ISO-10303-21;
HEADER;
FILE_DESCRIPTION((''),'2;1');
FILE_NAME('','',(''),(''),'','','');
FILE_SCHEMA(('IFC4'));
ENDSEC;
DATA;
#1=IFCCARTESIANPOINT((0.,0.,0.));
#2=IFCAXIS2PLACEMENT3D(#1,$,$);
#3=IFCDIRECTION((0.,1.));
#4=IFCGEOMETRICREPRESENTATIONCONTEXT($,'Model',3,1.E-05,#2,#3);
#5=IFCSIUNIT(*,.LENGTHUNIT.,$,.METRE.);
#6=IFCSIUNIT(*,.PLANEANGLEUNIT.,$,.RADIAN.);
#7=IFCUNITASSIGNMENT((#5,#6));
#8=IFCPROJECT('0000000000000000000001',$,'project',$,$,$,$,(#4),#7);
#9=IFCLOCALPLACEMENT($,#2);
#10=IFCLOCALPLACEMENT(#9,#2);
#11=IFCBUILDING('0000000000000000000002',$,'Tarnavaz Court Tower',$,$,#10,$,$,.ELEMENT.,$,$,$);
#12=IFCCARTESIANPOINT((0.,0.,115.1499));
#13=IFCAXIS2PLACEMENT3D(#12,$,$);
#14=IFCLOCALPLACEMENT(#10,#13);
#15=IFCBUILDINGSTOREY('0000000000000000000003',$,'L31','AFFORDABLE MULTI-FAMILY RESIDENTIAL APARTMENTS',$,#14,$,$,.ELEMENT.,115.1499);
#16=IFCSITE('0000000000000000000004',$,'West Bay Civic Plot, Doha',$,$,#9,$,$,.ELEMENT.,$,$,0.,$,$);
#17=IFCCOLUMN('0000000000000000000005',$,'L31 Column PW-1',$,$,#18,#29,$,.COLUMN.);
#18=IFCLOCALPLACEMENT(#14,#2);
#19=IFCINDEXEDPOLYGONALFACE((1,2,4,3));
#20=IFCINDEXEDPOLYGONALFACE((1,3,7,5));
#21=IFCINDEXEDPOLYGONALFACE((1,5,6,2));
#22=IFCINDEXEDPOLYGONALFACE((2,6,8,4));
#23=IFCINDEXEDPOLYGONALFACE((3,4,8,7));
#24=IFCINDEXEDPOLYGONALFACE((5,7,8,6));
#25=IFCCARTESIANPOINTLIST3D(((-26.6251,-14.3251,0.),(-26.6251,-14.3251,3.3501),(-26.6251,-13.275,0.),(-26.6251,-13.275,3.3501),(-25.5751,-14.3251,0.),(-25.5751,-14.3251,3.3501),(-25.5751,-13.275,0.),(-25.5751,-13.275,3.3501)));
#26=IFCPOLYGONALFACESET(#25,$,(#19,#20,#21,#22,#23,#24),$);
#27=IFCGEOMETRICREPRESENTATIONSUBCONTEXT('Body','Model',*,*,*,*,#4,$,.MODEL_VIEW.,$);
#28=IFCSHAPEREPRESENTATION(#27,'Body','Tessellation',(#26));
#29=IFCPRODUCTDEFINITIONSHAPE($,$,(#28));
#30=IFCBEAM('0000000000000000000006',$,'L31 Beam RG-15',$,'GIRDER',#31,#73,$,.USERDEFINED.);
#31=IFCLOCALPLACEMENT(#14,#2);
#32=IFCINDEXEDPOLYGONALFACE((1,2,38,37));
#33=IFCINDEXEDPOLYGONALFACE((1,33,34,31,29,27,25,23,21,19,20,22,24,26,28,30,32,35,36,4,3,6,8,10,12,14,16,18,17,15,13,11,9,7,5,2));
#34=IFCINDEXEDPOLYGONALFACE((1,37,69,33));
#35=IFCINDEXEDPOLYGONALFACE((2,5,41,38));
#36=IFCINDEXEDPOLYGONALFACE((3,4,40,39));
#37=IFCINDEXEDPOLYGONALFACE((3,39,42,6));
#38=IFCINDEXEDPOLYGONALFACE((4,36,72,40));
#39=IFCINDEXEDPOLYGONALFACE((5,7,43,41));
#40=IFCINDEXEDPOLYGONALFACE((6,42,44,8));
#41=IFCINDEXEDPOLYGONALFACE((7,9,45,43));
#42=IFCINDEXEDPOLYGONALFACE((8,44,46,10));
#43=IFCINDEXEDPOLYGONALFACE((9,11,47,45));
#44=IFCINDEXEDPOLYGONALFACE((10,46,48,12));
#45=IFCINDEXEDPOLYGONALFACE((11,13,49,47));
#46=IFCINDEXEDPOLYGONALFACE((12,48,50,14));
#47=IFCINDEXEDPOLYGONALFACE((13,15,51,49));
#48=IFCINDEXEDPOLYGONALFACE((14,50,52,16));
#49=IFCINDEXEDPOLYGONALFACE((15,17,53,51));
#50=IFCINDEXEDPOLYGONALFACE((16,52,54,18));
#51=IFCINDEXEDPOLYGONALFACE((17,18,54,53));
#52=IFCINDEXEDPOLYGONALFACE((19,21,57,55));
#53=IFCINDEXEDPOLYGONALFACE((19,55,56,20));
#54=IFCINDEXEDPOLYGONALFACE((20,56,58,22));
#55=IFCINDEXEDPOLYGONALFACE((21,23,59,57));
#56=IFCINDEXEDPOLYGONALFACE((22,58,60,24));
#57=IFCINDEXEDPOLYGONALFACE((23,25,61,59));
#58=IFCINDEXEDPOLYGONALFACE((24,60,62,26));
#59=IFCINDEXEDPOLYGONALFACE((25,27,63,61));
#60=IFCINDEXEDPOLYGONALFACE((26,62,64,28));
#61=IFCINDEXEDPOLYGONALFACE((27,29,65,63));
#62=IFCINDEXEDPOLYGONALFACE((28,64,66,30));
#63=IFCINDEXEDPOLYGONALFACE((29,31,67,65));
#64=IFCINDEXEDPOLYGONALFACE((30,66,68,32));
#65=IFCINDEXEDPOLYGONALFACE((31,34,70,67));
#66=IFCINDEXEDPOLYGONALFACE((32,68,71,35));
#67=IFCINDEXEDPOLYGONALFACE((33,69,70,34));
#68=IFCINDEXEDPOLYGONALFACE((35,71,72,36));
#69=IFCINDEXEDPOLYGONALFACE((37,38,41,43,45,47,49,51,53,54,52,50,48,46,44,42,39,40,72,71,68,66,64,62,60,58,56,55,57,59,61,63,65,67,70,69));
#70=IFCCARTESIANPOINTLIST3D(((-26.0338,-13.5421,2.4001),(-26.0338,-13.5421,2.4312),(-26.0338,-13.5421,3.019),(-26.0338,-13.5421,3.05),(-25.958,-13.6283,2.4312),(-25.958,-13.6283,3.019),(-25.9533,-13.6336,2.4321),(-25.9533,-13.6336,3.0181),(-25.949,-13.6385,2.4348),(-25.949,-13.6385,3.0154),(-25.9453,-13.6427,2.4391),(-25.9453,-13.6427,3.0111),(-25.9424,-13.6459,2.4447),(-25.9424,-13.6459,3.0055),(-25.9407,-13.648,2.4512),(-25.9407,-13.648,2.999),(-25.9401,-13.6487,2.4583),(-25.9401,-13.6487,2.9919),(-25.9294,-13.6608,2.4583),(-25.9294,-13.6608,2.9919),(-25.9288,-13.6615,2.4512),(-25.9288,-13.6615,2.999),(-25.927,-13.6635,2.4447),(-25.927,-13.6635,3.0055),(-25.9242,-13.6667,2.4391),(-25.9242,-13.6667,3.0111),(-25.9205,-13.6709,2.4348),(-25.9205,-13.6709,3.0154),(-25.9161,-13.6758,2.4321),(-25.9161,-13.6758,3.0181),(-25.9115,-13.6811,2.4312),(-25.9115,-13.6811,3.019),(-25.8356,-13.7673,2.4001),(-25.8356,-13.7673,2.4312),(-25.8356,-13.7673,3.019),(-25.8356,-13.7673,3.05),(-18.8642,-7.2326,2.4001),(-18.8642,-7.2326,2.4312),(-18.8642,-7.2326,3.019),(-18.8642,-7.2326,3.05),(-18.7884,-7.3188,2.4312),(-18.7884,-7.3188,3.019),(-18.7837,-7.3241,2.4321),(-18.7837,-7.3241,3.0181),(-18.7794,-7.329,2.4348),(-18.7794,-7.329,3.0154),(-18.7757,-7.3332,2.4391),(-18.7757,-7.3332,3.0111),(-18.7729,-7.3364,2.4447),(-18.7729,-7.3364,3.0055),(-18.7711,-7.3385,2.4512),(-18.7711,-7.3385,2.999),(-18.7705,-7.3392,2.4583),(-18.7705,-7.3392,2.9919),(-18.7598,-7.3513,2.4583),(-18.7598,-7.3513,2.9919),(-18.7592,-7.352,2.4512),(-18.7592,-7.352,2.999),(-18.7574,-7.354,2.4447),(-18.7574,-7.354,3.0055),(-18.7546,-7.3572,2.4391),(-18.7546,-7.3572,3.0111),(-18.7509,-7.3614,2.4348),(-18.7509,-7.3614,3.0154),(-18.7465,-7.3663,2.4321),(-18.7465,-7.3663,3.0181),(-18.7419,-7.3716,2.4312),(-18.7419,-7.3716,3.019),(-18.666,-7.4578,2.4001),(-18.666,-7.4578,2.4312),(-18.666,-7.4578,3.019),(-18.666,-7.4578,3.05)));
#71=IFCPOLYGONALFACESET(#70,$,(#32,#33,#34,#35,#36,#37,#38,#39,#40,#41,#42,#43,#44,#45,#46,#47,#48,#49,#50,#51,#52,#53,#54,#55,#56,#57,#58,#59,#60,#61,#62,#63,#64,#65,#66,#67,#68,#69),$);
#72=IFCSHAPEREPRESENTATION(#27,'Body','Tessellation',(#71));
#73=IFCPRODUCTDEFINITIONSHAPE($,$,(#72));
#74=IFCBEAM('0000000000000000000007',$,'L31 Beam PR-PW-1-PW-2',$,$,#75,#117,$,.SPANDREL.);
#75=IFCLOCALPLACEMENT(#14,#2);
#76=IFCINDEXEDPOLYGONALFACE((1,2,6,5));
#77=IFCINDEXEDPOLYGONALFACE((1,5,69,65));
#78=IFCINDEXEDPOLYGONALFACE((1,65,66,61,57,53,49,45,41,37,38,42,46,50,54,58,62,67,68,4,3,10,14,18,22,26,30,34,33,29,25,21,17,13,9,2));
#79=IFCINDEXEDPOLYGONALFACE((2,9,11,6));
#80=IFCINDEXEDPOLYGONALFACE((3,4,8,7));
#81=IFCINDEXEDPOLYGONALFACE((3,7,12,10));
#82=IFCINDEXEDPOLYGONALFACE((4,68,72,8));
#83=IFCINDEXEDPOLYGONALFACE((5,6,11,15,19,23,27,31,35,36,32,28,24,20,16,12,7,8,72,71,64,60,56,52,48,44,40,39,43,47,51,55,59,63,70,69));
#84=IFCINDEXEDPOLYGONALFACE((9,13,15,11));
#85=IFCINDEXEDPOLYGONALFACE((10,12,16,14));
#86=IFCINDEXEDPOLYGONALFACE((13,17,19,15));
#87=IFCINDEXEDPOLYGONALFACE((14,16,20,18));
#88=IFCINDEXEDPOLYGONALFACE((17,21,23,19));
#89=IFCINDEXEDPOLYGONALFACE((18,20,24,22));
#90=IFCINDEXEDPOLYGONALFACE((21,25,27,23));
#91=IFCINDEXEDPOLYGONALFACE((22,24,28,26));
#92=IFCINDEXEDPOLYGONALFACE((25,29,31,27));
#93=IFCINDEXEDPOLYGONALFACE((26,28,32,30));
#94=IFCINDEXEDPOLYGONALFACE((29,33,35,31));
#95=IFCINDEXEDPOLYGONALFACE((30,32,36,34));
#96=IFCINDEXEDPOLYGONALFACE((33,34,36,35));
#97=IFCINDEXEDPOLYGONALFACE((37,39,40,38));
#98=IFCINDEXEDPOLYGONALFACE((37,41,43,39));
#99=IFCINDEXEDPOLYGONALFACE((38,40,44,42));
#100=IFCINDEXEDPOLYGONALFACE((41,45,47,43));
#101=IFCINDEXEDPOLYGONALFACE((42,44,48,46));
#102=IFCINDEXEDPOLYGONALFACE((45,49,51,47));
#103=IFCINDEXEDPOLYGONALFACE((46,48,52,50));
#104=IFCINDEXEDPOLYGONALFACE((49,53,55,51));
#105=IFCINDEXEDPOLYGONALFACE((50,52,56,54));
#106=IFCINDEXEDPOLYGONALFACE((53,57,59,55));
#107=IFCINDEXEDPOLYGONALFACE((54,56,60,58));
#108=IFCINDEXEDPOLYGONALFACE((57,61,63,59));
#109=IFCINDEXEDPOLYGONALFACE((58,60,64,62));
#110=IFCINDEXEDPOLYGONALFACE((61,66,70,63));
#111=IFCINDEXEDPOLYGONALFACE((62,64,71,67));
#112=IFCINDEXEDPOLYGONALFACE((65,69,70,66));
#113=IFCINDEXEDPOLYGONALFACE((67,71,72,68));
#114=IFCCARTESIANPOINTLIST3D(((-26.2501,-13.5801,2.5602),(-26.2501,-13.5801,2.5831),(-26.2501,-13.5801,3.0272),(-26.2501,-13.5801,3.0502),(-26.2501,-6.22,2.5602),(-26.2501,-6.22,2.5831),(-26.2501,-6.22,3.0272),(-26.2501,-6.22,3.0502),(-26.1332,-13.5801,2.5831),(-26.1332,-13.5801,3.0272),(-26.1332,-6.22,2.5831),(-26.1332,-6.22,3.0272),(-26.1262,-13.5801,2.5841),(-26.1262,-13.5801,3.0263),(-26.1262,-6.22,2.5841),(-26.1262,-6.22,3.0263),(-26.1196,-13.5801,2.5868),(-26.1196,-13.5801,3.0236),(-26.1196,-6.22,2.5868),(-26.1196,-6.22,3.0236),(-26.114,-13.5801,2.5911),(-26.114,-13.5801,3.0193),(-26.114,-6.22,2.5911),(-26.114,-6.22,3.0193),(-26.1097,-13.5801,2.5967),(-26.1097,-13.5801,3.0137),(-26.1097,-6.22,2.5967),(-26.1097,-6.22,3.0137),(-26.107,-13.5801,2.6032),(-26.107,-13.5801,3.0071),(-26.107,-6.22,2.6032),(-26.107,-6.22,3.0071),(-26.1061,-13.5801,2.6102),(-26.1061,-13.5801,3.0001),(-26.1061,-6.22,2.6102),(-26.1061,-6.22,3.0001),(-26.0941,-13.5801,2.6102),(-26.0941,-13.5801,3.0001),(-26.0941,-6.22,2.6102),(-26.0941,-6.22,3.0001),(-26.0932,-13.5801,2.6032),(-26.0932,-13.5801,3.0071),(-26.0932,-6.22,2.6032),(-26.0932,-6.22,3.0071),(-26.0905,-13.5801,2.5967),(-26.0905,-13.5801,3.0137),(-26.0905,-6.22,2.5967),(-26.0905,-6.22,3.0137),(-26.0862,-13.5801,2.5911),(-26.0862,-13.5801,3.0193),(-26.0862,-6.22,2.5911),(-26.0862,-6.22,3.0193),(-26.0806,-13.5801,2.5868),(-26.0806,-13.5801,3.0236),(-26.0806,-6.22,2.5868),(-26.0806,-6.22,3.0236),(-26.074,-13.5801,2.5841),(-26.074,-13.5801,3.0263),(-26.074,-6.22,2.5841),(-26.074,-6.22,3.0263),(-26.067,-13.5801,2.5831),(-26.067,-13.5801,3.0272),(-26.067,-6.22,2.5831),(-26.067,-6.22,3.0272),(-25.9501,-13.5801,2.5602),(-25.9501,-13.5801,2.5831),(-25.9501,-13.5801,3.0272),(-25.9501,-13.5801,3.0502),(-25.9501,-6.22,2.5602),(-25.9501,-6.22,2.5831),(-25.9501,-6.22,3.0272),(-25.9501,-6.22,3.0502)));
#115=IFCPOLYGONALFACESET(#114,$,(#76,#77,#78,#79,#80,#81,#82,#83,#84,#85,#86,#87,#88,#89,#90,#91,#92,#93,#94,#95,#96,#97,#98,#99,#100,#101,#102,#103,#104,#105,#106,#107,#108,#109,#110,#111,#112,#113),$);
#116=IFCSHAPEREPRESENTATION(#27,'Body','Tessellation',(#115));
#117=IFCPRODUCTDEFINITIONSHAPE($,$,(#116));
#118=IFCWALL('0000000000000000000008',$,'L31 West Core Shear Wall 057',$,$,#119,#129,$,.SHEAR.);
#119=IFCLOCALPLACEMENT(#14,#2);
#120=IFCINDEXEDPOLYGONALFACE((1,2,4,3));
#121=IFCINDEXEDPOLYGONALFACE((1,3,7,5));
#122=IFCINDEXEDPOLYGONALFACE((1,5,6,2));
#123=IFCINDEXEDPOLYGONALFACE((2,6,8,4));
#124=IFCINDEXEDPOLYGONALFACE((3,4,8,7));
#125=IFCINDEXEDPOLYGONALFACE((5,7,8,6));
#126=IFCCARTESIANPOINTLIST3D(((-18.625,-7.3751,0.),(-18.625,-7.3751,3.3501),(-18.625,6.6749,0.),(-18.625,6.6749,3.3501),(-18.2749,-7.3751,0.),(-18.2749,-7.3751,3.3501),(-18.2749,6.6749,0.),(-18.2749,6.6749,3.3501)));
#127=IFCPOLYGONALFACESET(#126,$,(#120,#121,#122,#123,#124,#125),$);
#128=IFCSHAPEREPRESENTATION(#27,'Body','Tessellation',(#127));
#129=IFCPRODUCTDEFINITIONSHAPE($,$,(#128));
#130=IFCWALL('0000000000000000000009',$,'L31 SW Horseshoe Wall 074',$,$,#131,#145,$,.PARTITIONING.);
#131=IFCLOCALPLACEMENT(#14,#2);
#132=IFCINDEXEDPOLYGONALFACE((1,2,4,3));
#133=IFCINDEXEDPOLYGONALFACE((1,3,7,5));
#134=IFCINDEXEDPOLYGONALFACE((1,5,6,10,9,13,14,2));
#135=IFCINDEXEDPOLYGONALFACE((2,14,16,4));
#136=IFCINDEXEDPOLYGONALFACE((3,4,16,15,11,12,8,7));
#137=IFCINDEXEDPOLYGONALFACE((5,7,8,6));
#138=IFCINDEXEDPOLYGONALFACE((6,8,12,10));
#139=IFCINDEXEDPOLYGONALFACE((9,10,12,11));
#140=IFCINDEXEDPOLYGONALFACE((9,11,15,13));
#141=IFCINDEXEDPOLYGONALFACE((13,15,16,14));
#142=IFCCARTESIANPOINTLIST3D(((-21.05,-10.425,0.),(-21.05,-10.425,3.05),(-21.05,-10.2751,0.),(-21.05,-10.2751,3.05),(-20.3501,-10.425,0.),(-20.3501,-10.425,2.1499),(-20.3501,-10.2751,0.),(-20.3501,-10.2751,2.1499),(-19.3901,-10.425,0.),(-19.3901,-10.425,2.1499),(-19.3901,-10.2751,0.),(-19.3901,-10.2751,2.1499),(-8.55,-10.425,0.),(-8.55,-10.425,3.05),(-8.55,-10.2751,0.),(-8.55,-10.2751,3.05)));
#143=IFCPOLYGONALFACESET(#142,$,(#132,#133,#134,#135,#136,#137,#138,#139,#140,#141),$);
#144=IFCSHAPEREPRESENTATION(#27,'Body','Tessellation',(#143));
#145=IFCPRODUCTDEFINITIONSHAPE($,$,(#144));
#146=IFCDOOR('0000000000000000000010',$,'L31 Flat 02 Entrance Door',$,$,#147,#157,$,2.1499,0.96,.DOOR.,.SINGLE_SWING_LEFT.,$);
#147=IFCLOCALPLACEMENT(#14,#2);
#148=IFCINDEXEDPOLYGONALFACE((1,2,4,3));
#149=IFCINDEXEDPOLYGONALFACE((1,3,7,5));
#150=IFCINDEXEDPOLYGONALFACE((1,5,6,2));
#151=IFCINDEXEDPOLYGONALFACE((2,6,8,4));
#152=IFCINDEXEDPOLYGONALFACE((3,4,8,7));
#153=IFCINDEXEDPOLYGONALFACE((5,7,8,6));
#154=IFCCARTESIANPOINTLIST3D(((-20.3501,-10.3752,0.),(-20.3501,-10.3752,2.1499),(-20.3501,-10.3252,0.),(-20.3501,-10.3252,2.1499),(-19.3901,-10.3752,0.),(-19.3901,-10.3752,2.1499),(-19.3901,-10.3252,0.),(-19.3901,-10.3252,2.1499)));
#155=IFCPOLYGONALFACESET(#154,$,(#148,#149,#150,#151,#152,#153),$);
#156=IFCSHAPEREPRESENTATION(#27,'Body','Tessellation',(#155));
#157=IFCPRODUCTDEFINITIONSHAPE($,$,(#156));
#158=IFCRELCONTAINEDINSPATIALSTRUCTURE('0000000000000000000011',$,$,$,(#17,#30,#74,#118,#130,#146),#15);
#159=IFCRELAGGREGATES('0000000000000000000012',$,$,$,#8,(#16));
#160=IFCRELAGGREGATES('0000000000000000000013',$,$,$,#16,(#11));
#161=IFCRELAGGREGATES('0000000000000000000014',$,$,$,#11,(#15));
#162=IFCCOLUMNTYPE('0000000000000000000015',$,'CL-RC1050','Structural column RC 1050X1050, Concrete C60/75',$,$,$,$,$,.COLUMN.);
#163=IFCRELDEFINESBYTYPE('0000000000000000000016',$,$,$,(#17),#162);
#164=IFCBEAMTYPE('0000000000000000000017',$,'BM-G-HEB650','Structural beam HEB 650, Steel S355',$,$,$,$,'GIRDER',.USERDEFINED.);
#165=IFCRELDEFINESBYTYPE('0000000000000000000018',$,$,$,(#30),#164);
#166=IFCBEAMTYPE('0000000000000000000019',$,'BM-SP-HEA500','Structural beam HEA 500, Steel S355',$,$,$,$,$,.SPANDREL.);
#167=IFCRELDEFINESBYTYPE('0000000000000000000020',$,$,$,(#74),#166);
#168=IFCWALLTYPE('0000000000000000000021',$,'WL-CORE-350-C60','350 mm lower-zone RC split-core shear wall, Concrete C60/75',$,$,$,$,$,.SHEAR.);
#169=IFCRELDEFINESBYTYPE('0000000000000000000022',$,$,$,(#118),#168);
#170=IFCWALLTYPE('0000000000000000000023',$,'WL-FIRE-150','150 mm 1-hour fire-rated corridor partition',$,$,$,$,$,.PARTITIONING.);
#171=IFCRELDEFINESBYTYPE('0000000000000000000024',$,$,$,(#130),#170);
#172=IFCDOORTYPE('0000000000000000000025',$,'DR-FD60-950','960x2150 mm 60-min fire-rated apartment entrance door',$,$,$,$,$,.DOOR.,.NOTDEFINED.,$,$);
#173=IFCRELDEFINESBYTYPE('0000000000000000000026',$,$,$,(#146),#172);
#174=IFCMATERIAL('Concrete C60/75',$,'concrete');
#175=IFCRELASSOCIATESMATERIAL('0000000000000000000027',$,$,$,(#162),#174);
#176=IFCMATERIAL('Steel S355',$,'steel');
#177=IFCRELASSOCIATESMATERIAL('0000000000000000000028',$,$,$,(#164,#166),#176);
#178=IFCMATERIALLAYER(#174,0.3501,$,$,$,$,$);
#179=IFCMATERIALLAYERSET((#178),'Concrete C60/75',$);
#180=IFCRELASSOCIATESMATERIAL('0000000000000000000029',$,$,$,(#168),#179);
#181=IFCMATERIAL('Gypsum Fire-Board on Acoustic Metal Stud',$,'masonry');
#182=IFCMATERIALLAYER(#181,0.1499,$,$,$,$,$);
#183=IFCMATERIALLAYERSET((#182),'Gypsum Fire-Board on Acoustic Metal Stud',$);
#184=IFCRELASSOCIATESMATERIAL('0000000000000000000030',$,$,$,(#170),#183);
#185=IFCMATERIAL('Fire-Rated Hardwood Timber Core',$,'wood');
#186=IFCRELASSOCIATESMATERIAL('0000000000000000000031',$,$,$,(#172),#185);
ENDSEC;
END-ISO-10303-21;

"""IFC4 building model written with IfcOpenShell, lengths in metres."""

from ifc_helpers import new_model, si_unit, direction, frame, frame_2d, origin, origin_2d, place, context, subcontext, project, spatial, rectangle, i_section, extrude, material, layer, layer_set, material_profile, profile_set, type_object, element, fill, save


model = new_model("IFC4")

# Units and contexts
model_context = context("Model", 3, precision=1e-05, world=origin(), true_north=direction((0.0, 1.0)))
body_context = subcontext(model_context, "Body", "Model", "MODEL_VIEW")
ifc_project = project(units=[si_unit("LENGTHUNIT", "METRE"), si_unit("PLANEANGLEUNIT", "RADIAN")], contexts=[model_context])

# Site, building, storey
site_placement = place(None, origin())
site = spatial("IfcSite", under=ifc_project, at=site_placement, Name="West Bay Civic Plot, Doha", CompositionType="ELEMENT", RefElevation=0.0)
building_placement = place(site_placement, origin())
building = spatial("IfcBuilding", under=site, at=building_placement, Name="Tarnavaz Court Tower", CompositionType="ELEMENT")
storey_placement = place(building_placement, frame((0.0, 0.0, 115.1499)))
storey = spatial("IfcBuildingStorey", under=building, at=storey_placement, Name="L31", Description="AFFORDABLE MULTI-FAMILY RESIDENTIAL APARTMENTS", CompositionType="ELEMENT", Elevation=115.1499)

# Column
ifc_material_1 = material(Name="Concrete C60/75", Category="concrete")
ifc_material_profile_1 = material_profile(ifc_material_1, rectangle(XDim=1.05, YDim=1.05, at=origin_2d()), Name="RC 1050X1050")
ifc_profile_set_1 = profile_set([ifc_material_profile_1], Name="Concrete C60/75")
column_type = type_object("IfcColumnType", Name="CL-RC1050", Description="Structural column RC 1050X1050, Concrete C60/75", PredefinedType="COLUMN", material=ifc_profile_set_1)
column_placement = place(storey_placement, frame((-26.1001, -13.8, 0.0), z_axis=(0.0, 0.0, 1.0), x_axis=(1.0, 0.0, 0.0)))
element("IfcColumn", 1, at=column_placement, inside=storey, type_object=column_type, Name="L31 Column PW-1", PredefinedType="COLUMN", context=body_context, shape_type="SweptSolid", body=[
    extrude(rectangle(XDim=1.05, YDim=1.05, at=origin_2d()), origin(), (0.0, 0.0, 1.0), 3.3501),
])

# Beams
ifc_material_2 = material(Name="Steel S355", Category="steel")
ifc_material_profile_2 = material_profile(ifc_material_2, i_section(OverallWidth=0.3, OverallDepth=0.6499, WebThickness=0.0161, FlangeThickness=0.031, FilletRadius=0.0271, at=origin_2d()), Name="HEB 650")
ifc_profile_set_2 = profile_set([ifc_material_profile_2], Name="Steel S355")
beam_type_1 = type_object("IfcBeamType", Name="BM-G-HEB650", Description="Structural beam HEB 650, Steel S355", ElementType="GIRDER", PredefinedType="USERDEFINED", material=ifc_profile_set_2)
beam_1_placement = place(storey_placement, frame((-18.7651, -7.3452, 2.7251), z_axis=(-0.7507, -0.660643, 0.0), x_axis=(0.660643, -0.7507, 0.0)))
element("IfcBeam", 2, at=beam_1_placement, inside=storey, type_object=beam_type_1, Name="L31 Beam RG-15", ObjectType="GIRDER", PredefinedType="USERDEFINED", context=body_context, shape_type="SweptSolid", body=[
    extrude(i_section(OverallWidth=0.3, OverallDepth=0.6499, WebThickness=0.0161, FlangeThickness=0.031, FilletRadius=0.0271, at=origin_2d()), origin(), (0.0, 0.0, 1.0), 9.5505),
])
ifc_material_profile_3 = material_profile(ifc_material_2, i_section(OverallWidth=0.3, OverallDepth=0.49, WebThickness=0.012, FlangeThickness=0.0229, FilletRadius=0.0271, at=origin_2d()), Name="HEA 500")
ifc_profile_set_3 = profile_set([ifc_material_profile_3], Name="Steel S355")
beam_type_2 = type_object("IfcBeamType", Name="BM-SP-HEA500", Description="Structural beam HEA 500, Steel S355", PredefinedType="SPANDREL", material=ifc_profile_set_3)
beam_2_placement = place(storey_placement, frame((-26.1001, -13.5801, 2.8052), z_axis=(0.0, 1.0, 0.0), x_axis=(-1.0, 0.0, 0.0)))
element("IfcBeam", 3, at=beam_2_placement, inside=storey, type_object=beam_type_2, Name="L31 Beam PR-PW-1-PW-2", PredefinedType="SPANDREL", context=body_context, shape_type="SweptSolid", body=[
    extrude(i_section(OverallWidth=0.3, OverallDepth=0.49, WebThickness=0.012, FlangeThickness=0.0229, FilletRadius=0.0271, at=origin_2d()), origin(), (0.0, 0.0, 1.0), 7.3601),
])

# Wall
ifc_layer_1 = layer(ifc_material_1, 0.3501)
ifc_layer_set_1 = layer_set([ifc_layer_1], Name="Concrete C60/75")
wall_type_1 = type_object("IfcWallType", Name="WL-CORE-350-C60", Description="350 mm lower-zone RC split-core shear wall, Concrete C60/75", PredefinedType="SHEAR", material=ifc_layer_set_1)
wall_1_placement = place(storey_placement, frame((-18.45, -7.375, 0.0), z_axis=(0.0, 0.0, 1.0), x_axis=(0.0, 1.0, 0.0)))
element("IfcWall", 4, at=wall_1_placement, inside=storey, type_object=wall_type_1, Name="L31 West Core Shear Wall 057", PredefinedType="SHEAR", context=body_context, shape_type="SweptSolid", body=[
    extrude(rectangle(XDim=14.05, YDim=0.3501, at=frame_2d((7.0249, 0.0))), origin(), (0.0, 0.0, 1.0), 3.3501),
])

# Wall, opening, door
ifc_material_3 = material(Name="Gypsum Fire-Board on Acoustic Metal Stud", Category="masonry")
ifc_layer_2 = layer(ifc_material_3, 0.1499)
ifc_layer_set_2 = layer_set([ifc_layer_2], Name="Gypsum Fire-Board on Acoustic Metal Stud")
wall_type_2 = type_object("IfcWallType", Name="WL-FIRE-150", Description="150 mm 1-hour fire-rated corridor partition", PredefinedType="PARTITIONING", material=ifc_layer_set_2)
wall_2_placement = place(storey_placement, frame((-21.05, -10.3501, 0.0), z_axis=(0.0, 0.0, 1.0), x_axis=(1.0, 0.0, 0.0)))
wall_2 = element("IfcWall", 5, at=wall_2_placement, inside=storey, type_object=wall_type_2, Name="L31 SW Horseshoe Wall 074", PredefinedType="PARTITIONING", context=body_context, shape_type="SweptSolid", body=[
    extrude(rectangle(XDim=12.5, YDim=0.1499, at=frame_2d((6.25, 0.0))), origin(), (0.0, 0.0, 1.0), 3.05),
])
opening_1_placement = place(wall_2_placement, frame((0.7, 0.0, 0.0)))
opening_1 = element("IfcOpeningElement", 6, at=opening_1_placement, cuts=wall_2, PredefinedType="OPENING", context=body_context, shape_type="SweptSolid", body=[
    extrude(rectangle(XDim=0.96, YDim=2.1499, at=frame_2d((0.48, 1.075))), frame((0.0, 0.085, 0.0), z_axis=(0.0, -1.0, 0.0), x_axis=(1.0, 0.0, 0.0)), (0.0, 0.0, 1.0), 0.1699),
])
ifc_material_4 = material(Name="Fire-Rated Hardwood Timber Core", Category="wood")
door_type_1 = type_object("IfcDoorType", Name="DR-FD60-950", Description="960x2150 mm 60-min fire-rated apartment entrance door", OperationType="NOTDEFINED", PredefinedType="DOOR", material=ifc_material_4)
door_1_placement = place(opening_1_placement, origin())
door_1 = element("IfcDoor", 7, at=door_1_placement, inside=storey, type_object=door_type_1, Name="L31 Flat 02 Entrance Door", OperationType="SINGLE_SWING_LEFT", OverallHeight=2.1499, OverallWidth=0.96, PredefinedType="DOOR", context=body_context, shape_type="SweptSolid", body=[
    extrude(rectangle(XDim=0.96, YDim=2.1499, at=frame_2d((0.48, 1.075))), frame((0.0, 0.0249, 0.0), z_axis=(0.0, -1.0, 0.0), x_axis=(1.0, 0.0, 0.0)), (0.0, 0.0, 1.0), 0.05),
])
fill(opening_1, door_1)

save(model, "model.ifc")
